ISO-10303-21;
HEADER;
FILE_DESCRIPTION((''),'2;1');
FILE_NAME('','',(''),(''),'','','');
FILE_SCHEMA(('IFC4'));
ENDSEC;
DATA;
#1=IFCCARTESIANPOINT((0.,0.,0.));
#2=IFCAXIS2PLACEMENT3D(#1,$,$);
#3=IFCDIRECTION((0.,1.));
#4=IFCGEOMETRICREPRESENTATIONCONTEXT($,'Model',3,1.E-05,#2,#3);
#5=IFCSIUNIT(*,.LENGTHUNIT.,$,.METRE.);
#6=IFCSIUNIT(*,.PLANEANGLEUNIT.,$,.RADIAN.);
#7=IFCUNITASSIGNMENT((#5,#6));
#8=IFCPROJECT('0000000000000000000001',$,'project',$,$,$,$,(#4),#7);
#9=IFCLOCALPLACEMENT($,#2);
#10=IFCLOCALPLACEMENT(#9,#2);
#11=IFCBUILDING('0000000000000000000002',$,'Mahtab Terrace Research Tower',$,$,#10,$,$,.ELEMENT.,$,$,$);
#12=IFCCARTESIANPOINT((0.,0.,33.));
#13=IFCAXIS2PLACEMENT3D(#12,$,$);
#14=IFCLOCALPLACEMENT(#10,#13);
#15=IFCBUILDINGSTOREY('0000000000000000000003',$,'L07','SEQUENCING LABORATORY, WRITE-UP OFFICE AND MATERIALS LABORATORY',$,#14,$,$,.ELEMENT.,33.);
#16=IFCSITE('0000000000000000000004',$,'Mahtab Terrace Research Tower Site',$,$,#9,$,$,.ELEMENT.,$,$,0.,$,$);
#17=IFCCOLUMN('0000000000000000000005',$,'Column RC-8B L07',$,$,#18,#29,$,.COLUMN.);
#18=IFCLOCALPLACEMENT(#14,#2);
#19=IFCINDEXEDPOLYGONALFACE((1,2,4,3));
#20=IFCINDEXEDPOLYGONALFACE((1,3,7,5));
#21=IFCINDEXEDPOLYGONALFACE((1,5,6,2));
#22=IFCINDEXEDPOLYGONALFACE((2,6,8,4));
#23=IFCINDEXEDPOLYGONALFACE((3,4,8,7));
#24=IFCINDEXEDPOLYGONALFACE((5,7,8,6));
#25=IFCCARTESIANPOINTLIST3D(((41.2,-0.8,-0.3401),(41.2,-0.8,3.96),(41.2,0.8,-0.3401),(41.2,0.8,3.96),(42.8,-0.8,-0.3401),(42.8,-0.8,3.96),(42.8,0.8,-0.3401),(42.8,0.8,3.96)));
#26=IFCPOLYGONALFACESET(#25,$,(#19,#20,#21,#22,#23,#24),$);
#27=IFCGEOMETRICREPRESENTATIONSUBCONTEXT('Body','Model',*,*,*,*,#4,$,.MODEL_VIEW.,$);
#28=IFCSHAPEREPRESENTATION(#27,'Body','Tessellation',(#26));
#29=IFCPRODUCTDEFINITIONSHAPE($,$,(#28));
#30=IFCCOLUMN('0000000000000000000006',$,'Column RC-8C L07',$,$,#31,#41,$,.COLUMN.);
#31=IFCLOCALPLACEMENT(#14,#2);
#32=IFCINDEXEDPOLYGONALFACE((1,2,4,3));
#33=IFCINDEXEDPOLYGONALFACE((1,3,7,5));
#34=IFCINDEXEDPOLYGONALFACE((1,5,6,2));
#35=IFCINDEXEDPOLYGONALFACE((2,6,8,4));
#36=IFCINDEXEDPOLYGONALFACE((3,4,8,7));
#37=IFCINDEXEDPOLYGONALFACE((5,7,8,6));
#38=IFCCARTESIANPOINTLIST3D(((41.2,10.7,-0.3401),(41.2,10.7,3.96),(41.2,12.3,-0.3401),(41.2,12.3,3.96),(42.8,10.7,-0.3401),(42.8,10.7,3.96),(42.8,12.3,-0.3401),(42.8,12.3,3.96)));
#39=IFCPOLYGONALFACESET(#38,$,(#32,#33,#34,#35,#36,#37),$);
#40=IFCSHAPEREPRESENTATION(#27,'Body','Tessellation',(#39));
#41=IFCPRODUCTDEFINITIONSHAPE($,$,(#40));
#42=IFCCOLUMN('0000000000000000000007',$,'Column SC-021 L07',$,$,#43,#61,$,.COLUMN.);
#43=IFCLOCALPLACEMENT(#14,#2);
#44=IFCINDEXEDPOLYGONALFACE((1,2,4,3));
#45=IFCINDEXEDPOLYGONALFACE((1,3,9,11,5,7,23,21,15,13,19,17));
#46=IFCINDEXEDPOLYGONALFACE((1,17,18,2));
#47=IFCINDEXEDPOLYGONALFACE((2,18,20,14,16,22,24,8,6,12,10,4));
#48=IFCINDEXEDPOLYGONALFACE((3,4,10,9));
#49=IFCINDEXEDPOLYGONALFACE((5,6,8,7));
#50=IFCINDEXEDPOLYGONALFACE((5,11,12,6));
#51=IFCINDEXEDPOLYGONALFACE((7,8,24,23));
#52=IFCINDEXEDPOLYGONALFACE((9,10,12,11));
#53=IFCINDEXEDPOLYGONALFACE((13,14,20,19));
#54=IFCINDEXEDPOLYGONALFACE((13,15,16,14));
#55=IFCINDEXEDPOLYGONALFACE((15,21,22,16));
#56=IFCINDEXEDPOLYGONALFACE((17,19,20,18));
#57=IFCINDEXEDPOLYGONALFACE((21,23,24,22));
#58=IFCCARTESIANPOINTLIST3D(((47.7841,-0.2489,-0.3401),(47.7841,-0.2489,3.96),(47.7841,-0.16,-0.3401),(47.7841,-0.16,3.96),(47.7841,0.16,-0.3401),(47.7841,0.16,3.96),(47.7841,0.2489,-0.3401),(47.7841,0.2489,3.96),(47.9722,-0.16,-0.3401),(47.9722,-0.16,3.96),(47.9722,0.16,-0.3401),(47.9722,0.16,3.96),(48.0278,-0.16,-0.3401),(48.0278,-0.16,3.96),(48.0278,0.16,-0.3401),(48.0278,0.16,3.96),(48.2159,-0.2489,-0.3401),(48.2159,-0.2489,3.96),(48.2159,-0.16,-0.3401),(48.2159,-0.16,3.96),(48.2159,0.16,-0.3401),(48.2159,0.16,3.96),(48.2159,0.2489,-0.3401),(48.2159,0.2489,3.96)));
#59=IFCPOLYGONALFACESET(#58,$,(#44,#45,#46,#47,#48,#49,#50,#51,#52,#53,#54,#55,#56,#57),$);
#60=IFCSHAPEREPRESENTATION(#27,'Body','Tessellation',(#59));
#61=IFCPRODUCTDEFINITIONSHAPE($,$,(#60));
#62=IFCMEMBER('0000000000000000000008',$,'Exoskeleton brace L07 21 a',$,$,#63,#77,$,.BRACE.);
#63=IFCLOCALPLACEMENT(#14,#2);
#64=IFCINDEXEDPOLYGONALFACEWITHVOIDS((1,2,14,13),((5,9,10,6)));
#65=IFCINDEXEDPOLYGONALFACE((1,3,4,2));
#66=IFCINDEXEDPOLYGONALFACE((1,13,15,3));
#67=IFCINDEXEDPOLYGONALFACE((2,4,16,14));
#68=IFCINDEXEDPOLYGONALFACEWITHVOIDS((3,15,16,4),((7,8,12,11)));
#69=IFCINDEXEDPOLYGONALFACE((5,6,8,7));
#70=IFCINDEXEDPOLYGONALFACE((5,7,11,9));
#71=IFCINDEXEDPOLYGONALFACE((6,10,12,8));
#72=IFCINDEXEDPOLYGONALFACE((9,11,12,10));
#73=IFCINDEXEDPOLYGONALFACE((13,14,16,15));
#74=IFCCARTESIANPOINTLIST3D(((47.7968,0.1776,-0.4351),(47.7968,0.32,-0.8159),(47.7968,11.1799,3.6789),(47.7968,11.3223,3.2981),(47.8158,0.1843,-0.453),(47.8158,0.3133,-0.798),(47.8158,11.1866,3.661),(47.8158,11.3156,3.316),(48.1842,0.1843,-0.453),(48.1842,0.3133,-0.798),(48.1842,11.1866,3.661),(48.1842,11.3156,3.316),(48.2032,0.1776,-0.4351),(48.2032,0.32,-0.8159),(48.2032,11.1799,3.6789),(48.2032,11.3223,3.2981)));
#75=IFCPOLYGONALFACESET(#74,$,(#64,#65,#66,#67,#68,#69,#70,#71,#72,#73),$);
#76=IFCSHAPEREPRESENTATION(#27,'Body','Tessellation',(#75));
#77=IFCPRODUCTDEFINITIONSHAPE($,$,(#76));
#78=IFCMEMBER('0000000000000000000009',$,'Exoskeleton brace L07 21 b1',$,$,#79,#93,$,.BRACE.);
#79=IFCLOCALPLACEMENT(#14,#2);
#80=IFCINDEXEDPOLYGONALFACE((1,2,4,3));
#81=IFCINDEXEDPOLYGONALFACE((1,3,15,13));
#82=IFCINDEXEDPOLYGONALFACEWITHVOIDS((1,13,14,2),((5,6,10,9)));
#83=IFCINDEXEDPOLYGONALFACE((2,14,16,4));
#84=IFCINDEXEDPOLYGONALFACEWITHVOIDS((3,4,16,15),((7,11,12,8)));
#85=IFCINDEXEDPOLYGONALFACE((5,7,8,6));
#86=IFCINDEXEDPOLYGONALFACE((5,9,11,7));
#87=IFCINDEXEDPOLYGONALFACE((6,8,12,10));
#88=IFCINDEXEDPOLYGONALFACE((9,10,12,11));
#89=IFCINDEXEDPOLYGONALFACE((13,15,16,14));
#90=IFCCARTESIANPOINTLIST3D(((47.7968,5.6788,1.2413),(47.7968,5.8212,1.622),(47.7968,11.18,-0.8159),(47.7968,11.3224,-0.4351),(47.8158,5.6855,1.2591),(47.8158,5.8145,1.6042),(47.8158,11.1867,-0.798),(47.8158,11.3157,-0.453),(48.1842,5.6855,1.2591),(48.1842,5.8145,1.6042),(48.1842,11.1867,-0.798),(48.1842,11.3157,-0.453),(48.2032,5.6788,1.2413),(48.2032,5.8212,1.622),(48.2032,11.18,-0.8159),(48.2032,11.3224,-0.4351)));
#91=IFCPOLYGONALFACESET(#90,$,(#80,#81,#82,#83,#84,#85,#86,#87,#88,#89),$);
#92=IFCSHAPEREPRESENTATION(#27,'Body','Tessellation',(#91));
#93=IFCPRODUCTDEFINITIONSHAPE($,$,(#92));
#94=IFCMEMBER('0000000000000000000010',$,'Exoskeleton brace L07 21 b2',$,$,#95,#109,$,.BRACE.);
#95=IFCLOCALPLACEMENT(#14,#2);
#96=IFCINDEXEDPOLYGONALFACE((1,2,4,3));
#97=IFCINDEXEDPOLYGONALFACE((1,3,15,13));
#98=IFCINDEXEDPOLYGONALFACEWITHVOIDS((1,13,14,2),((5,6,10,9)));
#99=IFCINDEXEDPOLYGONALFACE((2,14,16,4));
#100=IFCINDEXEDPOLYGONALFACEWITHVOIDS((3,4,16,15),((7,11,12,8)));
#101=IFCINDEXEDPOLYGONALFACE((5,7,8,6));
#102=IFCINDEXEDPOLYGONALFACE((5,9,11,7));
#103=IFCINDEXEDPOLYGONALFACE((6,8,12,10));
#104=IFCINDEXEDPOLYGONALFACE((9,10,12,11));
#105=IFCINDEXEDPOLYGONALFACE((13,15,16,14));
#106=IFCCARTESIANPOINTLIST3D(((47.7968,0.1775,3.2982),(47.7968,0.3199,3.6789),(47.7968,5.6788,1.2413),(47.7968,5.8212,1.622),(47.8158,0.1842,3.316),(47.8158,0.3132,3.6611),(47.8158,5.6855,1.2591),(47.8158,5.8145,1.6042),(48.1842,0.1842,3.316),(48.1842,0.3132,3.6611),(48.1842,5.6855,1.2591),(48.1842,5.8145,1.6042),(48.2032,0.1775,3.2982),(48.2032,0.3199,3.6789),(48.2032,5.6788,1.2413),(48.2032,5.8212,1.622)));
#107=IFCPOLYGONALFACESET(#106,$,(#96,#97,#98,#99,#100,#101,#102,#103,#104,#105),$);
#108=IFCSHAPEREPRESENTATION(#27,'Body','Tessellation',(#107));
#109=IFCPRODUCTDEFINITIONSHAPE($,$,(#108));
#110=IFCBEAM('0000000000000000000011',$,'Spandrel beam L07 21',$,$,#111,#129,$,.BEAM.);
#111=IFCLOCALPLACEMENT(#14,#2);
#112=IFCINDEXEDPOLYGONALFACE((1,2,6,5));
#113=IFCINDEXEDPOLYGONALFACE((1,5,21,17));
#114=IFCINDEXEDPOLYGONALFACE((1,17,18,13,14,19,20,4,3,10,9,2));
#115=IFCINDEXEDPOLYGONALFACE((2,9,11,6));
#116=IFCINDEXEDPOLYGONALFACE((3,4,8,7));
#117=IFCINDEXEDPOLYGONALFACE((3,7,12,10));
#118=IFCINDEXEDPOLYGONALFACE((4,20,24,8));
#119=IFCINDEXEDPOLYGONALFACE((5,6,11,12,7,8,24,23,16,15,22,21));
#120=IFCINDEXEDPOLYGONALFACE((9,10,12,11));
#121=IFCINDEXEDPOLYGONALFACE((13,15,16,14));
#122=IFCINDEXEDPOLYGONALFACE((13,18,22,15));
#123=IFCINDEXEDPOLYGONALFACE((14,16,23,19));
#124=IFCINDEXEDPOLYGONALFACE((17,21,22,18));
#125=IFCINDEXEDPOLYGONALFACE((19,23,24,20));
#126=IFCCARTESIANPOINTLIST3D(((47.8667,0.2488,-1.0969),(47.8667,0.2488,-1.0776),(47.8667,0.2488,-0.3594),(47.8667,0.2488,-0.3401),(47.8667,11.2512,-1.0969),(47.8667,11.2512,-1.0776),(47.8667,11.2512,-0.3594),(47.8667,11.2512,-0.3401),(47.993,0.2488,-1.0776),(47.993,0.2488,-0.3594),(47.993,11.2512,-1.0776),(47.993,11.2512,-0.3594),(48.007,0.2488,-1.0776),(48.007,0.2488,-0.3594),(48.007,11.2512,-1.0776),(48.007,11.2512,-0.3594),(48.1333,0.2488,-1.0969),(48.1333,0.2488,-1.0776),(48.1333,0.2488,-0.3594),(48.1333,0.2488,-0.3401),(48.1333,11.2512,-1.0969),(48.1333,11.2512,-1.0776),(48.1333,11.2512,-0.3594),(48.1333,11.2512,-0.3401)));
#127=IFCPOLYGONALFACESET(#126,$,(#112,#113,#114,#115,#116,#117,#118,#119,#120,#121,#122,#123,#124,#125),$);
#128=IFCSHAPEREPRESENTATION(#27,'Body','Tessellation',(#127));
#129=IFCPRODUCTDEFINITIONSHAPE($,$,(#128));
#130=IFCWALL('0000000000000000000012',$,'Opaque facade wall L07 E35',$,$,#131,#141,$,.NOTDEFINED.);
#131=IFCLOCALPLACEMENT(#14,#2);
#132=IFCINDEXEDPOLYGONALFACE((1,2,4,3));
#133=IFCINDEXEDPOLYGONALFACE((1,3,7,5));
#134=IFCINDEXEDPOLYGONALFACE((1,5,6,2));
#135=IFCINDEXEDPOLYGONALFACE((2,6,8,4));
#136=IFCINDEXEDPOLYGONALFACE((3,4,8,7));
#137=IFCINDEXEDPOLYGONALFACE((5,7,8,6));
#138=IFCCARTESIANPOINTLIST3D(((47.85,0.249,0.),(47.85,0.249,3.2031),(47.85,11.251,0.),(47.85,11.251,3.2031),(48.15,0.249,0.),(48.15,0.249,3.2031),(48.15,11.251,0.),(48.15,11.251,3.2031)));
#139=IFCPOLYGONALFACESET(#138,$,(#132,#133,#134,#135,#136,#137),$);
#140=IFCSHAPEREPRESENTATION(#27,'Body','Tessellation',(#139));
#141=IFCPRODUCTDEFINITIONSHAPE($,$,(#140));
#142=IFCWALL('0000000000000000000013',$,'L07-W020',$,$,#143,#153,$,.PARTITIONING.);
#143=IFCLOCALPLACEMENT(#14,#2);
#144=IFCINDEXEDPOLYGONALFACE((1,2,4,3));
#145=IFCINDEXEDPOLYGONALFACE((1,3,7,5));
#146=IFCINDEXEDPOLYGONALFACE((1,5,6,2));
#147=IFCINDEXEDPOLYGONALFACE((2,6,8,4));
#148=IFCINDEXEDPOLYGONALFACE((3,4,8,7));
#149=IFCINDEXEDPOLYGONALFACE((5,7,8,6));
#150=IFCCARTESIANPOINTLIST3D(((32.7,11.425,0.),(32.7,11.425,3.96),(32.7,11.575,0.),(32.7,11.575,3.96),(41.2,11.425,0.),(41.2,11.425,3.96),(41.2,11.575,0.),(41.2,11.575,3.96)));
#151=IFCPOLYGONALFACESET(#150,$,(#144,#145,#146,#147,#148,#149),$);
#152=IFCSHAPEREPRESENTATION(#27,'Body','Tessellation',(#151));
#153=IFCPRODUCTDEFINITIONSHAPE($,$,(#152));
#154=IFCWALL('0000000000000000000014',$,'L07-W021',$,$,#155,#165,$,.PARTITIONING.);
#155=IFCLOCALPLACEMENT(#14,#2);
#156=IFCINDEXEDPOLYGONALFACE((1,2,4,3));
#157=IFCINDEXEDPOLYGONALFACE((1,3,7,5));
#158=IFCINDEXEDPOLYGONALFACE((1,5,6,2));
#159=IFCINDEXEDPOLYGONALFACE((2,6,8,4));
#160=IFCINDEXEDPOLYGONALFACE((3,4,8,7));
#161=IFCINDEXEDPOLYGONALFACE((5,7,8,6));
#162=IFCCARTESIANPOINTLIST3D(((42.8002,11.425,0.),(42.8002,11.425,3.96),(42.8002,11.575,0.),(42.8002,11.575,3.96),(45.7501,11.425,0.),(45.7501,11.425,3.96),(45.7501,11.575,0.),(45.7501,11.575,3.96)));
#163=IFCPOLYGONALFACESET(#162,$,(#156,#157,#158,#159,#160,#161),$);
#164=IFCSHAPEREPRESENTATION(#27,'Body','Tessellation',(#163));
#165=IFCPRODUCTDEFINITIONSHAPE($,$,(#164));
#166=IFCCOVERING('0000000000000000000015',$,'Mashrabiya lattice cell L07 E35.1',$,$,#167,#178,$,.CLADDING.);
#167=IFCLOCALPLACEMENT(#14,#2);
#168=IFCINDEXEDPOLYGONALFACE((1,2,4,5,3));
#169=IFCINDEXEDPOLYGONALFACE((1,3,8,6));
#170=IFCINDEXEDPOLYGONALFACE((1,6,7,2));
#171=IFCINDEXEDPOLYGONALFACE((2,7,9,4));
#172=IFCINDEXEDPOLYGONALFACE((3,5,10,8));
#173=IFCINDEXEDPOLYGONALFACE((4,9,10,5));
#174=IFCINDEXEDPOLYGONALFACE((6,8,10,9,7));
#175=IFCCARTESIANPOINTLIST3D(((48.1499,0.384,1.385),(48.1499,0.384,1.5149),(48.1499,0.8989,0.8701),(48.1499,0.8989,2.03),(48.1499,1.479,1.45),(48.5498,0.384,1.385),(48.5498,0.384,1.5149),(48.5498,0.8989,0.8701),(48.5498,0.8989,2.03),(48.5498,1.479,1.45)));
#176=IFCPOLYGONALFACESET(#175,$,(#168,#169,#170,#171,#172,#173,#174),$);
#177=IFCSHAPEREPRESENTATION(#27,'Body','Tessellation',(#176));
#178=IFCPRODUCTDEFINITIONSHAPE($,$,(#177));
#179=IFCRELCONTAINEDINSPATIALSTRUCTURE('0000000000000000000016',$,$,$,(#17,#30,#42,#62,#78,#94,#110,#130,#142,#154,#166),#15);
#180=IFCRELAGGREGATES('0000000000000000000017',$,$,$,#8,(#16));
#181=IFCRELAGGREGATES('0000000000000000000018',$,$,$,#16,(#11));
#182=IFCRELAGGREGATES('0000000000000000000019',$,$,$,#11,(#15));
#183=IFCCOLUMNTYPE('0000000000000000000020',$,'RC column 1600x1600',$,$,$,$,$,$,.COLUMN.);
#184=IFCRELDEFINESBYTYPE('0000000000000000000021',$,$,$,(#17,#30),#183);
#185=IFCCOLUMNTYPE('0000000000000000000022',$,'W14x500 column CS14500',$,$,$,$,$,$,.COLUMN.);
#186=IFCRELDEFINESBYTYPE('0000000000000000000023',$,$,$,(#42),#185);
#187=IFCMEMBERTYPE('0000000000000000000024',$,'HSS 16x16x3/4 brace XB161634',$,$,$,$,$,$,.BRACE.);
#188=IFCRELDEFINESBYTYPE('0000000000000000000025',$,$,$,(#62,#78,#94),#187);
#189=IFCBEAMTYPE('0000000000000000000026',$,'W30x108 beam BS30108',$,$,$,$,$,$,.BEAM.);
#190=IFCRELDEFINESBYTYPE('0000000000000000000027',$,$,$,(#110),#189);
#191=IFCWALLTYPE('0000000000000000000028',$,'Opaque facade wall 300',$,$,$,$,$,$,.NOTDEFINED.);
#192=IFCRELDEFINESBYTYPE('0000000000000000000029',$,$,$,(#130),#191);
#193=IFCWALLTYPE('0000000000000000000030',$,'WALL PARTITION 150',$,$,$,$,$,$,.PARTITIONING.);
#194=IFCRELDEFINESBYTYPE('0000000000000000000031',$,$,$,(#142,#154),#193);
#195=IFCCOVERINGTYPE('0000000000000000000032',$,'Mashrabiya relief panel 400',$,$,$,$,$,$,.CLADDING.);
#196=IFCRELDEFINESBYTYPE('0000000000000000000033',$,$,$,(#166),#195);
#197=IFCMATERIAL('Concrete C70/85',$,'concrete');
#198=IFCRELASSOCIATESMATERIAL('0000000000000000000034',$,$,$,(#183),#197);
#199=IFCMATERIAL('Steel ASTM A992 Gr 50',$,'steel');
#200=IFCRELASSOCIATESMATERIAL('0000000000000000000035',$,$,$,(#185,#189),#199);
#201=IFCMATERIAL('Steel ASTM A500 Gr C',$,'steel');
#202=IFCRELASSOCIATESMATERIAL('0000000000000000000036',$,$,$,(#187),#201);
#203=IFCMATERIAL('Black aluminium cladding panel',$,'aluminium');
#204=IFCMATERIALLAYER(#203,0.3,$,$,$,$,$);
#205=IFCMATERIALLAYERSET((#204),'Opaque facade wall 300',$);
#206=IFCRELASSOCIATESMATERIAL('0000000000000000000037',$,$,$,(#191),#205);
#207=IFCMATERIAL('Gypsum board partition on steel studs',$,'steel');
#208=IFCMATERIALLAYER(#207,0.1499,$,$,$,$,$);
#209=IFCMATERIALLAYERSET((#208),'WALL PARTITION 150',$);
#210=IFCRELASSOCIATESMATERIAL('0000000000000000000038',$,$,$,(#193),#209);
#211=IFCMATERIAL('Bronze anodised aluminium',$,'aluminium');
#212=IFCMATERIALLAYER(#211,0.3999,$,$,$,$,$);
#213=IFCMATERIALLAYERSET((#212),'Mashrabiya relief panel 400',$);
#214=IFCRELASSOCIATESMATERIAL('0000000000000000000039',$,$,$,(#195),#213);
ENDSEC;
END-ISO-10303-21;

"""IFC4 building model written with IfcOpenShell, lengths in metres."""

from ifc_helpers import new_model, si_unit, direction, frame, frame_2d, origin, origin_2d, place, context, subcontext, project, spatial, polyline, rectangle, hollow_rectangle, i_section, outline, extrude, material, layer, layer_set, material_profile, profile_set, type_object, element, save


model = new_model("IFC4")

# Units and contexts
model_context = context("Model", 3, precision=1e-05, world=origin(), true_north=direction((0.0, 1.0)))
body_context = subcontext(model_context, "Body", "Model", "MODEL_VIEW")
ifc_project = project(units=[si_unit("LENGTHUNIT", "METRE"), si_unit("PLANEANGLEUNIT", "RADIAN")], contexts=[model_context])

# Site, building, storey
site_placement = place(None, origin())
site = spatial("IfcSite", under=ifc_project, at=site_placement, Name="Mahtab Terrace Research Tower Site", CompositionType="ELEMENT", RefElevation=0.0)
building_placement = place(site_placement, origin())
building = spatial("IfcBuilding", under=site, at=building_placement, Name="Mahtab Terrace Research Tower", CompositionType="ELEMENT")
storey_placement = place(building_placement, frame((0.0, 0.0, 33.0)))
storey = spatial("IfcBuildingStorey", under=building, at=storey_placement, Name="L07", Description="SEQUENCING LABORATORY, WRITE-UP OFFICE AND MATERIALS LABORATORY", CompositionType="ELEMENT", Elevation=33.0)

# Columns
ifc_material_1 = material(Name="Concrete C70/85", Category="concrete")
ifc_material_profile_1 = material_profile(ifc_material_1, rectangle(XDim=1.6001, YDim=1.6001, at=origin_2d()), Name="RC column 1600x1600")
ifc_profile_set_1 = profile_set([ifc_material_profile_1], Name="Concrete C70/85")
column_type_1 = type_object("IfcColumnType", Name="RC column 1600x1600", PredefinedType="COLUMN", material=ifc_profile_set_1)
for number, where, z_axis, x_axis, name in (
    (1, (42.0, 0.0, -0.3401), (0.0, 0.0, 1.0), (1.0, 0.0, 0.0), "Column RC-8B L07"),
    (2, (42.0, 11.5, -0.3401), (0.0, 0.0, 1.0), (1.0, 0.0, 0.0), "Column RC-8C L07"),
):
    element("IfcColumn", number, at=place(storey_placement, frame(where, z_axis=z_axis, x_axis=x_axis)), inside=storey, type_object=column_type_1, Name=name, PredefinedType="COLUMN", context=body_context, shape_type="SweptSolid", body=[
        extrude(rectangle(XDim=1.6001, YDim=1.6001, at=origin_2d()), origin(), (0.0, 0.0, 1.0), 4.3),
    ])
ifc_material_2 = material(Name="Steel ASTM A992 Gr 50", Category="steel")
ifc_material_profile_2 = material_profile(ifc_material_2, i_section(OverallWidth=0.4319, OverallDepth=0.4978, WebThickness=0.0557, FlangeThickness=0.0889, at=origin_2d()), Name="W14X500")
ifc_profile_set_2 = profile_set([ifc_material_profile_2], Name="Steel ASTM A992 Gr 50")
column_type_2 = type_object("IfcColumnType", Name="W14x500 column CS14500", PredefinedType="COLUMN", material=ifc_profile_set_2)
column_placement = place(storey_placement, frame((48.0, 0.0, -0.3401), z_axis=(0.0, 0.0, 1.0), x_axis=(1.0, 0.0, 0.0)))
element("IfcColumn", 3, at=column_placement, inside=storey, type_object=column_type_2, Name="Column SC-021 L07", PredefinedType="COLUMN", context=body_context, shape_type="SweptSolid", body=[
    extrude(i_section(OverallWidth=0.4319, OverallDepth=0.4978, WebThickness=0.0557, FlangeThickness=0.0889, at=origin_2d()), origin(), (0.0, 0.0, 1.0), 4.3),
])

# Members
ifc_material_3 = material(Name="Steel ASTM A500 Gr C", Category="steel")
ifc_material_profile_3 = material_profile(ifc_material_3, hollow_rectangle(XDim=0.4065, YDim=0.4065, WallThickness=0.019, at=origin_2d()), Name="HSS16X16X3/4")
ifc_profile_set_3 = profile_set([ifc_material_profile_3], Name="Steel ASTM A500 Gr C")
member_type = type_object("IfcMemberType", Name="HSS 16x16x3/4 brace XB161634", PredefinedType="BRACE", material=ifc_profile_set_3)
member_placement = place(storey_placement, frame((48.0, 0.2488, -0.6255), z_axis=(0.0, 0.936662, 0.350235), x_axis=(-1.0, 0.0, 0.0)))
element("IfcMember", 4, at=member_placement, inside=storey, type_object=member_type, Name="Exoskeleton brace L07 21 a", PredefinedType="BRACE", context=body_context, shape_type="SweptSolid", body=[
    extrude(hollow_rectangle(XDim=0.4065, YDim=0.4065, WallThickness=0.019, at=origin_2d()), origin(), (0.0, 0.0, 1.0), 11.7463),
])
for number, where, z_axis, x_axis, name in (
    (5, (48.0, 11.2512, -0.6255), (0.0, -0.936655, 0.350253), (1.0, 0.0, 0.0), "Exoskeleton brace L07 21 b1"),
    (6, (48.0, 5.75, 1.4316), (0.0, -0.936669, 0.350217), (1.0, 0.0, 0.0), "Exoskeleton brace L07 21 b2"),
):
    element("IfcMember", number, at=place(storey_placement, frame(where, z_axis=z_axis, x_axis=x_axis)), inside=storey, type_object=member_type, Name=name, PredefinedType="BRACE", context=body_context, shape_type="SweptSolid", body=[
        extrude(hollow_rectangle(XDim=0.4065, YDim=0.4065, WallThickness=0.019, at=origin_2d()), origin(), (0.0, 0.0, 1.0), 5.8733),
    ])

# Beam
ifc_material_profile_4 = material_profile(ifc_material_2, i_section(OverallWidth=0.2666, OverallDepth=0.7568, WebThickness=0.0139, FlangeThickness=0.0193, at=origin_2d()), Name="W30X108")
ifc_profile_set_4 = profile_set([ifc_material_profile_4], Name="Steel ASTM A992 Gr 50")
beam_type = type_object("IfcBeamType", Name="W30x108 beam BS30108", PredefinedType="BEAM", material=ifc_profile_set_4)
beam_placement = place(storey_placement, frame((48.0, 0.2488, -0.7185), z_axis=(0.0, 1.0, 0.0), x_axis=(-1.0, 0.0, 0.0)))
element("IfcBeam", 7, at=beam_placement, inside=storey, type_object=beam_type, Name="Spandrel beam L07 21", PredefinedType="BEAM", context=body_context, shape_type="SweptSolid", body=[
    extrude(i_section(OverallWidth=0.2666, OverallDepth=0.7568, WebThickness=0.0139, FlangeThickness=0.0193, at=origin_2d()), origin(), (0.0, 0.0, 1.0), 11.0024),
])

# Walls
ifc_material_4 = material(Name="Black aluminium cladding panel", Category="aluminium")
ifc_layer_1 = layer(ifc_material_4, 0.3)
ifc_layer_set_1 = layer_set([ifc_layer_1], Name="Opaque facade wall 300")
wall_type_1 = type_object("IfcWallType", Name="Opaque facade wall 300", PredefinedType="NOTDEFINED", material=ifc_layer_set_1)
wall_1_placement = place(storey_placement, frame((48.0, 0.249, 0.0), z_axis=(0.0, 0.0, 1.0), x_axis=(0.0, 1.0, 0.0)))
element("IfcWall", 8, at=wall_1_placement, inside=storey, type_object=wall_type_1, Name="Opaque facade wall L07 E35", PredefinedType="NOTDEFINED", context=body_context, shape_type="SweptSolid", body=[
    extrude(rectangle(XDim=11.002, YDim=0.3, at=frame_2d((5.501, 0.0))), origin(), (0.0, 0.0, 1.0), 3.2031),
])
ifc_material_5 = material(Name="Gypsum board partition on steel studs", Category="steel")
ifc_layer_2 = layer(ifc_material_5, 0.1499)
ifc_layer_set_2 = layer_set([ifc_layer_2], Name="WALL PARTITION 150")
wall_type_2 = type_object("IfcWallType", Name="WALL PARTITION 150", PredefinedType="PARTITIONING", material=ifc_layer_set_2)
wall_2_placement = place(storey_placement, frame((32.7, 11.5, 0.0), z_axis=(0.0, 0.0, 1.0), x_axis=(1.0, 0.0, 0.0)))
element("IfcWall", 9, at=wall_2_placement, inside=storey, type_object=wall_type_2, Name="L07-W020", PredefinedType="PARTITIONING", context=body_context, shape_type="SweptSolid", body=[
    extrude(rectangle(XDim=8.5, YDim=0.1499, at=frame_2d((4.25, 0.0))), origin(), (0.0, 0.0, 1.0), 3.96),
])
wall_3_placement = place(storey_placement, frame((42.8, 11.5, 0.0), z_axis=(0.0, 0.0, 1.0), x_axis=(1.0, 0.0, 0.0)))
element("IfcWall", 10, at=wall_3_placement, inside=storey, type_object=wall_type_2, Name="L07-W021", PredefinedType="PARTITIONING", context=body_context, shape_type="SweptSolid", body=[
    extrude(rectangle(XDim=2.95, YDim=0.1499, at=frame_2d((1.4751, 0.0))), origin(), (0.0, 0.0, 1.0), 3.96),
])

# Covering
ifc_material_6 = material(Name="Bronze anodised aluminium", Category="aluminium")
ifc_layer_3 = layer(ifc_material_6, 0.3999)
ifc_layer_set_3 = layer_set([ifc_layer_3], Name="Mashrabiya relief panel 400")
covering_type = type_object("IfcCoveringType", Name="Mashrabiya relief panel 400", PredefinedType="CLADDING", material=ifc_layer_set_3)
covering_1_placement = place(storey_placement, frame((48.1499, 0.8989, 2.03), z_axis=(-1.0, 0.0, 0.0), x_axis=(0.0, 0.707107, -0.707107)))
element("IfcCovering", 11, at=covering_1_placement, inside=storey, type_object=covering_type, Name="Mashrabiya lattice cell L07 E35.1", PredefinedType="CLADDING", context=body_context, shape_type="SweptSolid", body=[
    extrude(outline(polyline([(0.0, 0.0), (0.8204, 0.0), (0.8202, 0.8202), (0.092, 0.8202), (0.0002, 0.7283), (0.0, 0.0)])), origin(), (0.0, 0.0, -1.0), 0.3999),
])

save(model, "model.ifc")
